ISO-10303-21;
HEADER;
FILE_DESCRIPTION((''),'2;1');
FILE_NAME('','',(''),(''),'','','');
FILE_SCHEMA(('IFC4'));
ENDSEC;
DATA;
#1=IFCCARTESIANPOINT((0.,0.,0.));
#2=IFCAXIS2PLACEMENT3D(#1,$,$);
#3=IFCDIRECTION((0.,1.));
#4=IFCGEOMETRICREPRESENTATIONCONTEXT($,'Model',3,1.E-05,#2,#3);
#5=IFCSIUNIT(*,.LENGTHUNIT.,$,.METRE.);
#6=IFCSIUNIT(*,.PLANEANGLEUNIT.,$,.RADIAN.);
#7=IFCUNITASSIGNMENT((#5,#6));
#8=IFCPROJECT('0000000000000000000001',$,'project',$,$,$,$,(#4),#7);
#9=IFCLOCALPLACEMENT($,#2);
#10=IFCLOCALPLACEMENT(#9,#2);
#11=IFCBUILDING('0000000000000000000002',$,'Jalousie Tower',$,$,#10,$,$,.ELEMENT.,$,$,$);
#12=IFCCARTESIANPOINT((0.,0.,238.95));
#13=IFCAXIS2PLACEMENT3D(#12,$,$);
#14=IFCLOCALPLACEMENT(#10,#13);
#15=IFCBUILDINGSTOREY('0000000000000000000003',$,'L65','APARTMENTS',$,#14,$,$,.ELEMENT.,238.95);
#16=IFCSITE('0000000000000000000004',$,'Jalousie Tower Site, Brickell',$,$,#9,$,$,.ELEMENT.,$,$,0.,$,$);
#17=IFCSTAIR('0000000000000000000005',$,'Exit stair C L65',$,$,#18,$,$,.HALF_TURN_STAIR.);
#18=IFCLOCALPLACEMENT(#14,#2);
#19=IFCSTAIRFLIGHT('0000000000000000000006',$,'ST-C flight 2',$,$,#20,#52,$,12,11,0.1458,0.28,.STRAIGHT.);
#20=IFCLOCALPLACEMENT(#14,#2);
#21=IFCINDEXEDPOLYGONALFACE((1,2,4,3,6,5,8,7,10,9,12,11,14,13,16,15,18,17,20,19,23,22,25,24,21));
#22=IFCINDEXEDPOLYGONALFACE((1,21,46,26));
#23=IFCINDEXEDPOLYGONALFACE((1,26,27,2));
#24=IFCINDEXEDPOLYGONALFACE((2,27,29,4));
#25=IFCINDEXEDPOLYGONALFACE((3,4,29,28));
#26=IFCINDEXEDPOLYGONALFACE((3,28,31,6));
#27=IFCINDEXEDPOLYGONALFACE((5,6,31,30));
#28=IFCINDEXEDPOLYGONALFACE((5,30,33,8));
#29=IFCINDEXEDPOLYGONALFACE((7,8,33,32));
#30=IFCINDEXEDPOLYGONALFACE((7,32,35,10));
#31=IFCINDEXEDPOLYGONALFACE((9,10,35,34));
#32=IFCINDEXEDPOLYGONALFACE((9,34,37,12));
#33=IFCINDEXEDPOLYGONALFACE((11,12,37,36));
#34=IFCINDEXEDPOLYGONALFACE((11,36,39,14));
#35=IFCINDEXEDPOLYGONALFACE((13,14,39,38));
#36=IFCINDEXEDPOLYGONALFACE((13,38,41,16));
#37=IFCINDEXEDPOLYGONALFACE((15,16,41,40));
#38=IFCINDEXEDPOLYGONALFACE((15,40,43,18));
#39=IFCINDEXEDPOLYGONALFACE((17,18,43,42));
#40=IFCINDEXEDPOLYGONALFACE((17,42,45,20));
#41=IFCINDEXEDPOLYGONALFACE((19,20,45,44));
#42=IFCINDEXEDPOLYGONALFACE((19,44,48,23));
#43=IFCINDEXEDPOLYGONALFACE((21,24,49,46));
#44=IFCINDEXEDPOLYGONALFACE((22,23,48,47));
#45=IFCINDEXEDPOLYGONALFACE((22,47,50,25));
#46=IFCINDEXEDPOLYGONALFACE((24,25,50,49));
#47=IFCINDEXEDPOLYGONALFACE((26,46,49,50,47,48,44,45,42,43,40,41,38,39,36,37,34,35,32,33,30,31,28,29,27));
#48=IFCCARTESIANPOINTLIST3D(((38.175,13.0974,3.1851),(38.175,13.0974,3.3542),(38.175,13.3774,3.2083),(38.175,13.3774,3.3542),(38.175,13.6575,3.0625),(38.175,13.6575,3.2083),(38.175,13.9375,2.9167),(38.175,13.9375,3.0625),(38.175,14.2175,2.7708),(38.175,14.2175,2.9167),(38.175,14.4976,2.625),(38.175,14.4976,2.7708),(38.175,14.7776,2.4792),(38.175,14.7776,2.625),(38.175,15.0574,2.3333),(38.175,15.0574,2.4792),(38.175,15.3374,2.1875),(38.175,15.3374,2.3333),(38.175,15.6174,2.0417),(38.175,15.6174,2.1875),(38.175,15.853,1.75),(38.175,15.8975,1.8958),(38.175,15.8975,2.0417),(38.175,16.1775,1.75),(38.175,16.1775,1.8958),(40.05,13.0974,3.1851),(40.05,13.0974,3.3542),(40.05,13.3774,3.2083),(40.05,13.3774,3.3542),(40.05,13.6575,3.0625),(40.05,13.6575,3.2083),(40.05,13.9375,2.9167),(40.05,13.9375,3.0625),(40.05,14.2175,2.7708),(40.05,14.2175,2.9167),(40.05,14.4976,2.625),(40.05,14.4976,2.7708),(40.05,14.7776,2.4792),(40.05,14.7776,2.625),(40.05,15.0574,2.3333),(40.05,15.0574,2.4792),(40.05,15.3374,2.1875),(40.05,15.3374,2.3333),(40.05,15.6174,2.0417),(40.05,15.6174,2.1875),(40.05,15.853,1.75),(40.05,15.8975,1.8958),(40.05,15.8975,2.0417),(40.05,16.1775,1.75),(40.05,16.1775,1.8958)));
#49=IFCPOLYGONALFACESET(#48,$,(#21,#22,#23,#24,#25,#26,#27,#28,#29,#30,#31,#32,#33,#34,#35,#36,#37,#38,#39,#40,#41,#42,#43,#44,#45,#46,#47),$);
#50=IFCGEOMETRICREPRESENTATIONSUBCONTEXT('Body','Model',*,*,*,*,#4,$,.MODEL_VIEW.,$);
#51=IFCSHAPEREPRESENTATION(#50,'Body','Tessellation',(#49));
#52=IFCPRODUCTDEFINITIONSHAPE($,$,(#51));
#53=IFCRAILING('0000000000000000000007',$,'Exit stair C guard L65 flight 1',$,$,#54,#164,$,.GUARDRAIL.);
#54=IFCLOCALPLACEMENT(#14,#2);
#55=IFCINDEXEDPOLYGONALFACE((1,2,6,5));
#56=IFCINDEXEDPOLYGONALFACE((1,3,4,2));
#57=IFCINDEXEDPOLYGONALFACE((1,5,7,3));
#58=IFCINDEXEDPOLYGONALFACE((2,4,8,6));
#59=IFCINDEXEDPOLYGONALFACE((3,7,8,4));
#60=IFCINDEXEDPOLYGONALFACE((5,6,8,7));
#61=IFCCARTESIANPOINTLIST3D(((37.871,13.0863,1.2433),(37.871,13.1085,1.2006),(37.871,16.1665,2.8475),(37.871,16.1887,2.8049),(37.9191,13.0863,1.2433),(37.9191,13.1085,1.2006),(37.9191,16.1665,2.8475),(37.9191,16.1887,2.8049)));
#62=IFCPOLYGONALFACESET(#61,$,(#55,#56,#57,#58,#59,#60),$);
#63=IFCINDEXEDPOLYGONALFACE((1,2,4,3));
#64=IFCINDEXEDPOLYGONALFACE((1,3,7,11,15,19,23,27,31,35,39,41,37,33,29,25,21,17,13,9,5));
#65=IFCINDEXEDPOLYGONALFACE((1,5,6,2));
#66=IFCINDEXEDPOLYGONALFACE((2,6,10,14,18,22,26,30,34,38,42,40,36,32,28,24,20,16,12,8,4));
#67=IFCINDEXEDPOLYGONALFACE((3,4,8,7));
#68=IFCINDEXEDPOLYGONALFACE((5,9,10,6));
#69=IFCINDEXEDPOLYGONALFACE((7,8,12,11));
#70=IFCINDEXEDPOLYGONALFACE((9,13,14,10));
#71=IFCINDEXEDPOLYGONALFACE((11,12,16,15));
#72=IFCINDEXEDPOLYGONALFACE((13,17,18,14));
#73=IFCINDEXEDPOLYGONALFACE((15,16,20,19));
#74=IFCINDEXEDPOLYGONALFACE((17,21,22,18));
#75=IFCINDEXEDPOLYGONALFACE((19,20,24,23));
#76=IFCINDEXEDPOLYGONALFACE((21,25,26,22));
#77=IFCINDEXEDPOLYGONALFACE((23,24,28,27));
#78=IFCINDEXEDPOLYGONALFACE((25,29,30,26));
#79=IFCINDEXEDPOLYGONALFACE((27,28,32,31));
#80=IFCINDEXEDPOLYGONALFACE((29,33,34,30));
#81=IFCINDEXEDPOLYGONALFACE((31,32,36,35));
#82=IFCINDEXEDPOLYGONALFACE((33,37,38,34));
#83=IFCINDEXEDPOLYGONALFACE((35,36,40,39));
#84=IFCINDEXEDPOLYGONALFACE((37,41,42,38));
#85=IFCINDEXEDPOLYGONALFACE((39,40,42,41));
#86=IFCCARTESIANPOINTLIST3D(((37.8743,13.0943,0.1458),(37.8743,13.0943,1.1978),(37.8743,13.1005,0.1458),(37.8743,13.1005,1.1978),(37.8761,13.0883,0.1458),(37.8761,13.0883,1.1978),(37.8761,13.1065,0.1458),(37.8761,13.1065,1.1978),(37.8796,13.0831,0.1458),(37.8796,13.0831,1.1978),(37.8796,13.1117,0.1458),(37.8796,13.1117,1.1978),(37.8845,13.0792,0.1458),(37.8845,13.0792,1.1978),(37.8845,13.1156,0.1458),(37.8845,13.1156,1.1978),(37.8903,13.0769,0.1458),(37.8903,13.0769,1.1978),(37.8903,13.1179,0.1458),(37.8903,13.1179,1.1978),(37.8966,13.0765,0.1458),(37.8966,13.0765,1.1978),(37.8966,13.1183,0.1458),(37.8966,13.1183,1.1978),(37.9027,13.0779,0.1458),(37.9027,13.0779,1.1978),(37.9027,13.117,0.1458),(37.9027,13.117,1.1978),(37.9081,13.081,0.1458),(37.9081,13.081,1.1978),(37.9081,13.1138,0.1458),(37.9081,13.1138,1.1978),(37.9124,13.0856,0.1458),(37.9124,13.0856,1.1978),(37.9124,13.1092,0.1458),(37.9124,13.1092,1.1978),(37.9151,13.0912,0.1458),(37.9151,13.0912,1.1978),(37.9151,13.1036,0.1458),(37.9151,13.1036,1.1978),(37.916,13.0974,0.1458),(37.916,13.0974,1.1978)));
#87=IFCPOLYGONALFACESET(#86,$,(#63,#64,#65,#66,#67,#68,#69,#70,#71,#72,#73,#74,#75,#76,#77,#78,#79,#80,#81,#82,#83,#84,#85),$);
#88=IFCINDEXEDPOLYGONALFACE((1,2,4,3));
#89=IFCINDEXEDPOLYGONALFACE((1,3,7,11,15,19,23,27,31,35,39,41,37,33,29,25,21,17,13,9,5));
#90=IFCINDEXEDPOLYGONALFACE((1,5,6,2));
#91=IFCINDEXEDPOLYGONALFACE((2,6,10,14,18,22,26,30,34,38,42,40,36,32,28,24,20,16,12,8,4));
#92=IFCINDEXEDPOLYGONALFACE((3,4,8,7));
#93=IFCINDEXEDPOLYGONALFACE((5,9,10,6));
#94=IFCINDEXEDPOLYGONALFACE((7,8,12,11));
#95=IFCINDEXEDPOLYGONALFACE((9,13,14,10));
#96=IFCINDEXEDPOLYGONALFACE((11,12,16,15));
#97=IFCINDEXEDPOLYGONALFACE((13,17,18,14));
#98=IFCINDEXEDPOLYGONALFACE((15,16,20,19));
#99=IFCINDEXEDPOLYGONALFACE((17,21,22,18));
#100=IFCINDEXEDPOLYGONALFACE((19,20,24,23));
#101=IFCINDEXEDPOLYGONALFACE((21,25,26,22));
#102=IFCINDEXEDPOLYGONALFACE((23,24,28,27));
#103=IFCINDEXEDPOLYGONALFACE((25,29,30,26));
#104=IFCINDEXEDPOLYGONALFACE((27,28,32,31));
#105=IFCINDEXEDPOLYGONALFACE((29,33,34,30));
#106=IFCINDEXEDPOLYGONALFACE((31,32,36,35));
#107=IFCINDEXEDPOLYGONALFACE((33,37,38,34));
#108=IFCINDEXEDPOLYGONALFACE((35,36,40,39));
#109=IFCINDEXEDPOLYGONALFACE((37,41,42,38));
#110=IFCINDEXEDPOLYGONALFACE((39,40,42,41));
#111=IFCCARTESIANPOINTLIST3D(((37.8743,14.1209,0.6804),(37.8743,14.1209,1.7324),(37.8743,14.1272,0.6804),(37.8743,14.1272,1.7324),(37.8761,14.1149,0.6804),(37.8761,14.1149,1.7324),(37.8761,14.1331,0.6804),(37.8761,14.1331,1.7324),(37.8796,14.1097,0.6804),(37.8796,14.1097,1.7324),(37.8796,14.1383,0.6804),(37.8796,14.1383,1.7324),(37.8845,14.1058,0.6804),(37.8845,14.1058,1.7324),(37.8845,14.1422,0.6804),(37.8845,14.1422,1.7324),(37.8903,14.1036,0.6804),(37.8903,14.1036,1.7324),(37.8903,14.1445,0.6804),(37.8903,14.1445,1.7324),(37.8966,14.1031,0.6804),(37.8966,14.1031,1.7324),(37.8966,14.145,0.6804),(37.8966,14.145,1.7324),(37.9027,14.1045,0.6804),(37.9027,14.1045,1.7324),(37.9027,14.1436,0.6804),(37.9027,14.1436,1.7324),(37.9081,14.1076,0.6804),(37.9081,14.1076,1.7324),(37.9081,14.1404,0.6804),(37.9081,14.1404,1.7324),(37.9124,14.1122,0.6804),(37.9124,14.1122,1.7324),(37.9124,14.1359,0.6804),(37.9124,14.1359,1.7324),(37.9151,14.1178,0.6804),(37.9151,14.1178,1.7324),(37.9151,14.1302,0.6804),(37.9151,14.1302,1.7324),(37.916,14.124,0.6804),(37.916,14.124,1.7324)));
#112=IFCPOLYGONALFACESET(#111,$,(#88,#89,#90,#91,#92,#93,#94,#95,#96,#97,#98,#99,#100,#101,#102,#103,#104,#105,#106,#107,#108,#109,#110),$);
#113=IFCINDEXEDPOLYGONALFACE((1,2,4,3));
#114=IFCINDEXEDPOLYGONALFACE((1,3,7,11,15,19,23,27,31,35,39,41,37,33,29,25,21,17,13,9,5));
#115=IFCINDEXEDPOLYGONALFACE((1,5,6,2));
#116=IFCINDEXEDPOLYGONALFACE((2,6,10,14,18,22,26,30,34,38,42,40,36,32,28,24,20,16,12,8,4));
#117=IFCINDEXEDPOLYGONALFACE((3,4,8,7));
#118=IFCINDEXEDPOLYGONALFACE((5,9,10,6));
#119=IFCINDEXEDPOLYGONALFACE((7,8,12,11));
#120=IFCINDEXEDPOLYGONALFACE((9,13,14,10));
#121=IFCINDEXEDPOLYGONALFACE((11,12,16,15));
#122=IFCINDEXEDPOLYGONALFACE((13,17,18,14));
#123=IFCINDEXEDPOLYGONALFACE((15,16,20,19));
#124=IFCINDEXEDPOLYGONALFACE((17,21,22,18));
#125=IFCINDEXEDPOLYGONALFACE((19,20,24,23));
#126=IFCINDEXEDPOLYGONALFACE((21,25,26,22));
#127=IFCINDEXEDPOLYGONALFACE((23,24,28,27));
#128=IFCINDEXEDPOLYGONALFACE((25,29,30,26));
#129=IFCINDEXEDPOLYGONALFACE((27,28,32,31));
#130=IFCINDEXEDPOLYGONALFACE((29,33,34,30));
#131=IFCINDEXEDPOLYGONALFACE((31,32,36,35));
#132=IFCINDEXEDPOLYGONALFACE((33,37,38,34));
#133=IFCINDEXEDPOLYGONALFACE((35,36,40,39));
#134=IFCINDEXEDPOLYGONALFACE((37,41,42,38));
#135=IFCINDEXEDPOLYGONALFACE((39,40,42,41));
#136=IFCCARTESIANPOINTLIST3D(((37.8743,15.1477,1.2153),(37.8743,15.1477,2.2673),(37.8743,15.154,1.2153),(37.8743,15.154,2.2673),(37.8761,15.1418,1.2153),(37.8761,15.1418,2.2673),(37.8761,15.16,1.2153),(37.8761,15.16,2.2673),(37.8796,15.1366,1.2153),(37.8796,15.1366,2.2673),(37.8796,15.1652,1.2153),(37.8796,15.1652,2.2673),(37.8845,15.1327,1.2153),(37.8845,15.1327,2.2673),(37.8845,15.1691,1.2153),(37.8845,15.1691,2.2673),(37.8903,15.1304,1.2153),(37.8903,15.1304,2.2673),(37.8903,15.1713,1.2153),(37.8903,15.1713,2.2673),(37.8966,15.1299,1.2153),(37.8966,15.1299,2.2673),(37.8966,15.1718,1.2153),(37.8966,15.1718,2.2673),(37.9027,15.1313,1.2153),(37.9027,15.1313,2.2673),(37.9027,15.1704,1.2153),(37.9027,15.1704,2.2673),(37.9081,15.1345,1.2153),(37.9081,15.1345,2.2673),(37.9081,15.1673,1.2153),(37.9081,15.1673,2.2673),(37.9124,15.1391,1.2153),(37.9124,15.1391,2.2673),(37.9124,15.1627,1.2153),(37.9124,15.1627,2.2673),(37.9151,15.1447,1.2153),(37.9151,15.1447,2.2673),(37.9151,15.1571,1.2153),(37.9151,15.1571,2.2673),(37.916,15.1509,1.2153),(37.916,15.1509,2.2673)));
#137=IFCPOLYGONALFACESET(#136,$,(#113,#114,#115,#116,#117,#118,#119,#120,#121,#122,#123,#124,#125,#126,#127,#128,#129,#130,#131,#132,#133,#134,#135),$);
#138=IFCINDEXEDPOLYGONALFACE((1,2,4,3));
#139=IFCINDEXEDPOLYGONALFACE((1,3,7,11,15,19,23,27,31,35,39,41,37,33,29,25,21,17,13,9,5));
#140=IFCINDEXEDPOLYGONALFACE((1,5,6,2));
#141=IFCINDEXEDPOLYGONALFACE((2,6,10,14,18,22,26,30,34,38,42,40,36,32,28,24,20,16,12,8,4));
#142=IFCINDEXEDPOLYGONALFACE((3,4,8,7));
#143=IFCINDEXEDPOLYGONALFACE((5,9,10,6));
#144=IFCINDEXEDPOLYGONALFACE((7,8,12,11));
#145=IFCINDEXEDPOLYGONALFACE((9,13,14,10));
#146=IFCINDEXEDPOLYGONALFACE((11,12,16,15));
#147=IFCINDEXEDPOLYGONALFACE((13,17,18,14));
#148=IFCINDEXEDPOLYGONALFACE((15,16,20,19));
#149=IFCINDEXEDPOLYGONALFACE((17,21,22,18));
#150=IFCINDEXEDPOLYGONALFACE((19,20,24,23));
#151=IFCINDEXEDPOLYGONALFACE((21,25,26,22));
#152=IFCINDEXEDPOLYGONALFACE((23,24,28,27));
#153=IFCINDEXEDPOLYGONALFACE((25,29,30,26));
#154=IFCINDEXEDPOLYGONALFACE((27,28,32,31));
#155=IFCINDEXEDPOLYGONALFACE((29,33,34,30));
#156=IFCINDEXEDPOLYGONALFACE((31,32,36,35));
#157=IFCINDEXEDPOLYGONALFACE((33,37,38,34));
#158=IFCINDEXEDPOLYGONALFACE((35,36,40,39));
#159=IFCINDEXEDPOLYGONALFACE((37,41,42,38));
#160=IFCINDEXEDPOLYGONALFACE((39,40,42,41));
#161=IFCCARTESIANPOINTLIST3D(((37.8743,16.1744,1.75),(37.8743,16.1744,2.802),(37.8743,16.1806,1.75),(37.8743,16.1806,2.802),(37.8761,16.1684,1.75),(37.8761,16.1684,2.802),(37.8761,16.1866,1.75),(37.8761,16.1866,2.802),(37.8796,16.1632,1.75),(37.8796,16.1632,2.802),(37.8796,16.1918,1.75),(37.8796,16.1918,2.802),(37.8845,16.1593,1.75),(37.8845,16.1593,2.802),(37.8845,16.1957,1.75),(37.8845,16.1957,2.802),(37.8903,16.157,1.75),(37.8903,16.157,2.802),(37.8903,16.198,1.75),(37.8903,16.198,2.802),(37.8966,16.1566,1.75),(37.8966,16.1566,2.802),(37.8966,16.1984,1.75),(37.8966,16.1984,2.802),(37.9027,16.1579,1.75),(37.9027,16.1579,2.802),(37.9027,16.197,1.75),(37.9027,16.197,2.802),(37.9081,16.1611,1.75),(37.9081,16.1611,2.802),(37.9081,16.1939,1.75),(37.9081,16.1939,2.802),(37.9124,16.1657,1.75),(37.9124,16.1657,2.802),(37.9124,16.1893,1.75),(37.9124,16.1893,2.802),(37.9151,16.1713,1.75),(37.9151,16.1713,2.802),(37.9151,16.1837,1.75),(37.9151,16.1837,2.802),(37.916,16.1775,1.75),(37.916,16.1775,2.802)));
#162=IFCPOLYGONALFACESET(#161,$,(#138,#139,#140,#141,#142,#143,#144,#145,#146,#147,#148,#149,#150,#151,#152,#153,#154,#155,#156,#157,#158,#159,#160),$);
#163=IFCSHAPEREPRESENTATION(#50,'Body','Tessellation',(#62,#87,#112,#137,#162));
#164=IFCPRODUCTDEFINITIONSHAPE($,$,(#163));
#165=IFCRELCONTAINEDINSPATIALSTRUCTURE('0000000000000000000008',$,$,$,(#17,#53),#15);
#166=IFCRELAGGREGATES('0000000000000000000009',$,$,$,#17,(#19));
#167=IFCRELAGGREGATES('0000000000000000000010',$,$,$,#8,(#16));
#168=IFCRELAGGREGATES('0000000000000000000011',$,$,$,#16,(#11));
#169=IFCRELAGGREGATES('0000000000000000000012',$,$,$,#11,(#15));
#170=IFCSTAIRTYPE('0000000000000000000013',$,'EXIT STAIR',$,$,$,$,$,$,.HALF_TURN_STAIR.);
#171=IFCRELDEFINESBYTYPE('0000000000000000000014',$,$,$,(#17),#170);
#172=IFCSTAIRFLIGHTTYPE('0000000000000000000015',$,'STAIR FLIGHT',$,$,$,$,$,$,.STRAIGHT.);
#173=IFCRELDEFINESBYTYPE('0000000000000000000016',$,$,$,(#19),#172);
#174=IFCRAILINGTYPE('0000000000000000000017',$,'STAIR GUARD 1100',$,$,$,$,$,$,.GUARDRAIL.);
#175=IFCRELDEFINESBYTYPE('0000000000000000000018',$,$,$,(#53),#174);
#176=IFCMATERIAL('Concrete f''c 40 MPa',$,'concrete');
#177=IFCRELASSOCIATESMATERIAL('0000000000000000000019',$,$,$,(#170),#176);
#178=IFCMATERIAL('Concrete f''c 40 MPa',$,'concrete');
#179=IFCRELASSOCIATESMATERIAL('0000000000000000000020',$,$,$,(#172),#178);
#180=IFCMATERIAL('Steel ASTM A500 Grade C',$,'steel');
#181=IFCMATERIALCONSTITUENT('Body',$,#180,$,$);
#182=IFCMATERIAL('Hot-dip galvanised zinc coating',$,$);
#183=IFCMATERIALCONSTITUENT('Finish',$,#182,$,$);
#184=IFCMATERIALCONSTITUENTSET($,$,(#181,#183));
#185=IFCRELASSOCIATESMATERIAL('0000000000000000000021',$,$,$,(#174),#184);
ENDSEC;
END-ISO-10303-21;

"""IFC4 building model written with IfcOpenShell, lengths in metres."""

from ifc_helpers import new_model, si_unit, direction, frame, origin, origin_2d, place, context, subcontext, project, spatial, polyline, rectangle, circle, outline, extrude, material, constituent, constituent_set, type_object, element, aggregate, save


model = new_model("IFC4")

# Units and contexts
model_context = context("Model", 3, precision=1e-05, world=origin(), true_north=direction((0.0, 1.0)))
body_context = subcontext(model_context, "Body", "Model", "MODEL_VIEW")
ifc_project = project(units=[si_unit("LENGTHUNIT", "METRE"), si_unit("PLANEANGLEUNIT", "RADIAN")], contexts=[model_context])

# Site, building, storey
site_placement = place(None, origin())
site = spatial("IfcSite", under=ifc_project, at=site_placement, Name="Jalousie Tower Site, Brickell", CompositionType="ELEMENT", RefElevation=0.0)
building_placement = place(site_placement, origin())
building = spatial("IfcBuilding", under=site, at=building_placement, Name="Jalousie Tower", CompositionType="ELEMENT")
storey_placement = place(building_placement, frame((0.0, 0.0, 238.95)))
storey = spatial("IfcBuildingStorey", under=building, at=storey_placement, Name="L65", Description="APARTMENTS", CompositionType="ELEMENT", Elevation=238.95)

# Stair, stair flight
ifc_material_1 = material(Name="Concrete f'c 40 MPa", Category="concrete")
stair_type = type_object("IfcStairType", Name="EXIT STAIR", PredefinedType="HALF_TURN_STAIR", material=ifc_material_1)
stair_placement = place(storey_placement, origin())
stair = element("IfcStair", 1, at=stair_placement, inside=storey, type_object=stair_type, Name="Exit stair C L65", PredefinedType="HALF_TURN_STAIR")
ifc_material_2 = material(Name="Concrete f'c 40 MPa", Category="concrete")
stair_flight_type = type_object("IfcStairFlightType", Name="STAIR FLIGHT", PredefinedType="STRAIGHT", material=ifc_material_2)
stair_flight_1_placement = place(storey_placement, frame((39.1125, 16.1775, 1.75), z_axis=(0.0, 0.0, 1.0), x_axis=(0.0, -1.0, 0.0)))
stair_flight_1 = element("IfcStairFlight", 2, at=stair_flight_1_placement, type_object=stair_flight_type, Name="ST-C flight 2", NumberOfRisers=12, NumberOfTreads=11, PredefinedType="STRAIGHT", RiserHeight=0.1458, TreadLength=0.28, context=body_context, shape_type="SweptSolid", body=[
    extrude(outline(polyline([(0.0, 0.0), (0.0, 0.1458), (0.28, 0.1458), (0.28, 0.2917), (0.5601, 0.2917), (0.5601, 0.4375), (0.8401, 0.4375), (0.8401, 0.5833), (1.1201, 0.5833), (1.1201, 0.7292), (1.3999, 0.7292), (1.3999, 0.875), (1.6799, 0.875), (1.6799, 1.0208), (1.96, 1.0208), (1.96, 1.1667), (2.24, 1.1667), (2.24, 1.3125), (2.52, 1.3125), (2.52, 1.4583), (2.8, 1.4583), (2.8, 1.6042), (3.0801, 1.6042), (3.0801, 1.75), (3.0801, 1.4351), (0.3245, 0.0), (0.0, 0.0)])), frame((0.0, 0.9375, 0.0), z_axis=(0.0, -1.0, 0.0), x_axis=(1.0, 0.0, 0.0)), (0.0, 0.0, 1.0), 1.875),
])
aggregate(stair, [stair_flight_1])

# Railing
ifc_material_3 = material(Name="Steel ASTM A500 Grade C", Category="steel")
ifc_constituent_1 = constituent(ifc_material_3, Name="Body")
ifc_material_4 = material(Name="Hot-dip galvanised zinc coating")
ifc_constituent_2 = constituent(ifc_material_4, Name="Finish")
ifc_constituent_set_1 = constituent_set(constituents=[ifc_constituent_1, ifc_constituent_2])
railing_type = type_object("IfcRailingType", Name="STAIR GUARD 1100", PredefinedType="GUARDRAIL", material=ifc_constituent_set_1)
railing_1_placement = place(storey_placement, frame((37.895, 13.0974, 0.1458)))
element("IfcRailing", 3, at=railing_1_placement, inside=storey, type_object=railing_type, Name="Exit stair C guard L65 flight 1", PredefinedType="GUARDRAIL", context=body_context, shape_type="SweptSolid", body=[
    extrude(rectangle(XDim=0.0481, YDim=0.0481, at=origin_2d()), frame((0.0, 0.0, 1.0762), z_axis=(0.0, 0.886909, 0.461944), x_axis=(-1.0, 0.0, 0.0)), (0.0, 0.0, 1.0), 3.4729),
    extrude(circle(Radius=0.021, at=origin_2d()), origin(), (0.0, 0.0, 1.0), 1.052),
    extrude(circle(Radius=0.021, at=origin_2d()), frame((0.0, 1.0266, 0.5347)), (0.0, 0.0, 1.0), 1.052),
    extrude(circle(Radius=0.021, at=origin_2d()), frame((0.0, 2.0535, 1.0696)), (0.0, 0.0, 1.0), 1.052),
    extrude(circle(Radius=0.021, at=origin_2d()), frame((0.0, 3.0801, 1.6042)), (0.0, 0.0, 1.0), 1.052),
])

save(model, "model.ifc")
